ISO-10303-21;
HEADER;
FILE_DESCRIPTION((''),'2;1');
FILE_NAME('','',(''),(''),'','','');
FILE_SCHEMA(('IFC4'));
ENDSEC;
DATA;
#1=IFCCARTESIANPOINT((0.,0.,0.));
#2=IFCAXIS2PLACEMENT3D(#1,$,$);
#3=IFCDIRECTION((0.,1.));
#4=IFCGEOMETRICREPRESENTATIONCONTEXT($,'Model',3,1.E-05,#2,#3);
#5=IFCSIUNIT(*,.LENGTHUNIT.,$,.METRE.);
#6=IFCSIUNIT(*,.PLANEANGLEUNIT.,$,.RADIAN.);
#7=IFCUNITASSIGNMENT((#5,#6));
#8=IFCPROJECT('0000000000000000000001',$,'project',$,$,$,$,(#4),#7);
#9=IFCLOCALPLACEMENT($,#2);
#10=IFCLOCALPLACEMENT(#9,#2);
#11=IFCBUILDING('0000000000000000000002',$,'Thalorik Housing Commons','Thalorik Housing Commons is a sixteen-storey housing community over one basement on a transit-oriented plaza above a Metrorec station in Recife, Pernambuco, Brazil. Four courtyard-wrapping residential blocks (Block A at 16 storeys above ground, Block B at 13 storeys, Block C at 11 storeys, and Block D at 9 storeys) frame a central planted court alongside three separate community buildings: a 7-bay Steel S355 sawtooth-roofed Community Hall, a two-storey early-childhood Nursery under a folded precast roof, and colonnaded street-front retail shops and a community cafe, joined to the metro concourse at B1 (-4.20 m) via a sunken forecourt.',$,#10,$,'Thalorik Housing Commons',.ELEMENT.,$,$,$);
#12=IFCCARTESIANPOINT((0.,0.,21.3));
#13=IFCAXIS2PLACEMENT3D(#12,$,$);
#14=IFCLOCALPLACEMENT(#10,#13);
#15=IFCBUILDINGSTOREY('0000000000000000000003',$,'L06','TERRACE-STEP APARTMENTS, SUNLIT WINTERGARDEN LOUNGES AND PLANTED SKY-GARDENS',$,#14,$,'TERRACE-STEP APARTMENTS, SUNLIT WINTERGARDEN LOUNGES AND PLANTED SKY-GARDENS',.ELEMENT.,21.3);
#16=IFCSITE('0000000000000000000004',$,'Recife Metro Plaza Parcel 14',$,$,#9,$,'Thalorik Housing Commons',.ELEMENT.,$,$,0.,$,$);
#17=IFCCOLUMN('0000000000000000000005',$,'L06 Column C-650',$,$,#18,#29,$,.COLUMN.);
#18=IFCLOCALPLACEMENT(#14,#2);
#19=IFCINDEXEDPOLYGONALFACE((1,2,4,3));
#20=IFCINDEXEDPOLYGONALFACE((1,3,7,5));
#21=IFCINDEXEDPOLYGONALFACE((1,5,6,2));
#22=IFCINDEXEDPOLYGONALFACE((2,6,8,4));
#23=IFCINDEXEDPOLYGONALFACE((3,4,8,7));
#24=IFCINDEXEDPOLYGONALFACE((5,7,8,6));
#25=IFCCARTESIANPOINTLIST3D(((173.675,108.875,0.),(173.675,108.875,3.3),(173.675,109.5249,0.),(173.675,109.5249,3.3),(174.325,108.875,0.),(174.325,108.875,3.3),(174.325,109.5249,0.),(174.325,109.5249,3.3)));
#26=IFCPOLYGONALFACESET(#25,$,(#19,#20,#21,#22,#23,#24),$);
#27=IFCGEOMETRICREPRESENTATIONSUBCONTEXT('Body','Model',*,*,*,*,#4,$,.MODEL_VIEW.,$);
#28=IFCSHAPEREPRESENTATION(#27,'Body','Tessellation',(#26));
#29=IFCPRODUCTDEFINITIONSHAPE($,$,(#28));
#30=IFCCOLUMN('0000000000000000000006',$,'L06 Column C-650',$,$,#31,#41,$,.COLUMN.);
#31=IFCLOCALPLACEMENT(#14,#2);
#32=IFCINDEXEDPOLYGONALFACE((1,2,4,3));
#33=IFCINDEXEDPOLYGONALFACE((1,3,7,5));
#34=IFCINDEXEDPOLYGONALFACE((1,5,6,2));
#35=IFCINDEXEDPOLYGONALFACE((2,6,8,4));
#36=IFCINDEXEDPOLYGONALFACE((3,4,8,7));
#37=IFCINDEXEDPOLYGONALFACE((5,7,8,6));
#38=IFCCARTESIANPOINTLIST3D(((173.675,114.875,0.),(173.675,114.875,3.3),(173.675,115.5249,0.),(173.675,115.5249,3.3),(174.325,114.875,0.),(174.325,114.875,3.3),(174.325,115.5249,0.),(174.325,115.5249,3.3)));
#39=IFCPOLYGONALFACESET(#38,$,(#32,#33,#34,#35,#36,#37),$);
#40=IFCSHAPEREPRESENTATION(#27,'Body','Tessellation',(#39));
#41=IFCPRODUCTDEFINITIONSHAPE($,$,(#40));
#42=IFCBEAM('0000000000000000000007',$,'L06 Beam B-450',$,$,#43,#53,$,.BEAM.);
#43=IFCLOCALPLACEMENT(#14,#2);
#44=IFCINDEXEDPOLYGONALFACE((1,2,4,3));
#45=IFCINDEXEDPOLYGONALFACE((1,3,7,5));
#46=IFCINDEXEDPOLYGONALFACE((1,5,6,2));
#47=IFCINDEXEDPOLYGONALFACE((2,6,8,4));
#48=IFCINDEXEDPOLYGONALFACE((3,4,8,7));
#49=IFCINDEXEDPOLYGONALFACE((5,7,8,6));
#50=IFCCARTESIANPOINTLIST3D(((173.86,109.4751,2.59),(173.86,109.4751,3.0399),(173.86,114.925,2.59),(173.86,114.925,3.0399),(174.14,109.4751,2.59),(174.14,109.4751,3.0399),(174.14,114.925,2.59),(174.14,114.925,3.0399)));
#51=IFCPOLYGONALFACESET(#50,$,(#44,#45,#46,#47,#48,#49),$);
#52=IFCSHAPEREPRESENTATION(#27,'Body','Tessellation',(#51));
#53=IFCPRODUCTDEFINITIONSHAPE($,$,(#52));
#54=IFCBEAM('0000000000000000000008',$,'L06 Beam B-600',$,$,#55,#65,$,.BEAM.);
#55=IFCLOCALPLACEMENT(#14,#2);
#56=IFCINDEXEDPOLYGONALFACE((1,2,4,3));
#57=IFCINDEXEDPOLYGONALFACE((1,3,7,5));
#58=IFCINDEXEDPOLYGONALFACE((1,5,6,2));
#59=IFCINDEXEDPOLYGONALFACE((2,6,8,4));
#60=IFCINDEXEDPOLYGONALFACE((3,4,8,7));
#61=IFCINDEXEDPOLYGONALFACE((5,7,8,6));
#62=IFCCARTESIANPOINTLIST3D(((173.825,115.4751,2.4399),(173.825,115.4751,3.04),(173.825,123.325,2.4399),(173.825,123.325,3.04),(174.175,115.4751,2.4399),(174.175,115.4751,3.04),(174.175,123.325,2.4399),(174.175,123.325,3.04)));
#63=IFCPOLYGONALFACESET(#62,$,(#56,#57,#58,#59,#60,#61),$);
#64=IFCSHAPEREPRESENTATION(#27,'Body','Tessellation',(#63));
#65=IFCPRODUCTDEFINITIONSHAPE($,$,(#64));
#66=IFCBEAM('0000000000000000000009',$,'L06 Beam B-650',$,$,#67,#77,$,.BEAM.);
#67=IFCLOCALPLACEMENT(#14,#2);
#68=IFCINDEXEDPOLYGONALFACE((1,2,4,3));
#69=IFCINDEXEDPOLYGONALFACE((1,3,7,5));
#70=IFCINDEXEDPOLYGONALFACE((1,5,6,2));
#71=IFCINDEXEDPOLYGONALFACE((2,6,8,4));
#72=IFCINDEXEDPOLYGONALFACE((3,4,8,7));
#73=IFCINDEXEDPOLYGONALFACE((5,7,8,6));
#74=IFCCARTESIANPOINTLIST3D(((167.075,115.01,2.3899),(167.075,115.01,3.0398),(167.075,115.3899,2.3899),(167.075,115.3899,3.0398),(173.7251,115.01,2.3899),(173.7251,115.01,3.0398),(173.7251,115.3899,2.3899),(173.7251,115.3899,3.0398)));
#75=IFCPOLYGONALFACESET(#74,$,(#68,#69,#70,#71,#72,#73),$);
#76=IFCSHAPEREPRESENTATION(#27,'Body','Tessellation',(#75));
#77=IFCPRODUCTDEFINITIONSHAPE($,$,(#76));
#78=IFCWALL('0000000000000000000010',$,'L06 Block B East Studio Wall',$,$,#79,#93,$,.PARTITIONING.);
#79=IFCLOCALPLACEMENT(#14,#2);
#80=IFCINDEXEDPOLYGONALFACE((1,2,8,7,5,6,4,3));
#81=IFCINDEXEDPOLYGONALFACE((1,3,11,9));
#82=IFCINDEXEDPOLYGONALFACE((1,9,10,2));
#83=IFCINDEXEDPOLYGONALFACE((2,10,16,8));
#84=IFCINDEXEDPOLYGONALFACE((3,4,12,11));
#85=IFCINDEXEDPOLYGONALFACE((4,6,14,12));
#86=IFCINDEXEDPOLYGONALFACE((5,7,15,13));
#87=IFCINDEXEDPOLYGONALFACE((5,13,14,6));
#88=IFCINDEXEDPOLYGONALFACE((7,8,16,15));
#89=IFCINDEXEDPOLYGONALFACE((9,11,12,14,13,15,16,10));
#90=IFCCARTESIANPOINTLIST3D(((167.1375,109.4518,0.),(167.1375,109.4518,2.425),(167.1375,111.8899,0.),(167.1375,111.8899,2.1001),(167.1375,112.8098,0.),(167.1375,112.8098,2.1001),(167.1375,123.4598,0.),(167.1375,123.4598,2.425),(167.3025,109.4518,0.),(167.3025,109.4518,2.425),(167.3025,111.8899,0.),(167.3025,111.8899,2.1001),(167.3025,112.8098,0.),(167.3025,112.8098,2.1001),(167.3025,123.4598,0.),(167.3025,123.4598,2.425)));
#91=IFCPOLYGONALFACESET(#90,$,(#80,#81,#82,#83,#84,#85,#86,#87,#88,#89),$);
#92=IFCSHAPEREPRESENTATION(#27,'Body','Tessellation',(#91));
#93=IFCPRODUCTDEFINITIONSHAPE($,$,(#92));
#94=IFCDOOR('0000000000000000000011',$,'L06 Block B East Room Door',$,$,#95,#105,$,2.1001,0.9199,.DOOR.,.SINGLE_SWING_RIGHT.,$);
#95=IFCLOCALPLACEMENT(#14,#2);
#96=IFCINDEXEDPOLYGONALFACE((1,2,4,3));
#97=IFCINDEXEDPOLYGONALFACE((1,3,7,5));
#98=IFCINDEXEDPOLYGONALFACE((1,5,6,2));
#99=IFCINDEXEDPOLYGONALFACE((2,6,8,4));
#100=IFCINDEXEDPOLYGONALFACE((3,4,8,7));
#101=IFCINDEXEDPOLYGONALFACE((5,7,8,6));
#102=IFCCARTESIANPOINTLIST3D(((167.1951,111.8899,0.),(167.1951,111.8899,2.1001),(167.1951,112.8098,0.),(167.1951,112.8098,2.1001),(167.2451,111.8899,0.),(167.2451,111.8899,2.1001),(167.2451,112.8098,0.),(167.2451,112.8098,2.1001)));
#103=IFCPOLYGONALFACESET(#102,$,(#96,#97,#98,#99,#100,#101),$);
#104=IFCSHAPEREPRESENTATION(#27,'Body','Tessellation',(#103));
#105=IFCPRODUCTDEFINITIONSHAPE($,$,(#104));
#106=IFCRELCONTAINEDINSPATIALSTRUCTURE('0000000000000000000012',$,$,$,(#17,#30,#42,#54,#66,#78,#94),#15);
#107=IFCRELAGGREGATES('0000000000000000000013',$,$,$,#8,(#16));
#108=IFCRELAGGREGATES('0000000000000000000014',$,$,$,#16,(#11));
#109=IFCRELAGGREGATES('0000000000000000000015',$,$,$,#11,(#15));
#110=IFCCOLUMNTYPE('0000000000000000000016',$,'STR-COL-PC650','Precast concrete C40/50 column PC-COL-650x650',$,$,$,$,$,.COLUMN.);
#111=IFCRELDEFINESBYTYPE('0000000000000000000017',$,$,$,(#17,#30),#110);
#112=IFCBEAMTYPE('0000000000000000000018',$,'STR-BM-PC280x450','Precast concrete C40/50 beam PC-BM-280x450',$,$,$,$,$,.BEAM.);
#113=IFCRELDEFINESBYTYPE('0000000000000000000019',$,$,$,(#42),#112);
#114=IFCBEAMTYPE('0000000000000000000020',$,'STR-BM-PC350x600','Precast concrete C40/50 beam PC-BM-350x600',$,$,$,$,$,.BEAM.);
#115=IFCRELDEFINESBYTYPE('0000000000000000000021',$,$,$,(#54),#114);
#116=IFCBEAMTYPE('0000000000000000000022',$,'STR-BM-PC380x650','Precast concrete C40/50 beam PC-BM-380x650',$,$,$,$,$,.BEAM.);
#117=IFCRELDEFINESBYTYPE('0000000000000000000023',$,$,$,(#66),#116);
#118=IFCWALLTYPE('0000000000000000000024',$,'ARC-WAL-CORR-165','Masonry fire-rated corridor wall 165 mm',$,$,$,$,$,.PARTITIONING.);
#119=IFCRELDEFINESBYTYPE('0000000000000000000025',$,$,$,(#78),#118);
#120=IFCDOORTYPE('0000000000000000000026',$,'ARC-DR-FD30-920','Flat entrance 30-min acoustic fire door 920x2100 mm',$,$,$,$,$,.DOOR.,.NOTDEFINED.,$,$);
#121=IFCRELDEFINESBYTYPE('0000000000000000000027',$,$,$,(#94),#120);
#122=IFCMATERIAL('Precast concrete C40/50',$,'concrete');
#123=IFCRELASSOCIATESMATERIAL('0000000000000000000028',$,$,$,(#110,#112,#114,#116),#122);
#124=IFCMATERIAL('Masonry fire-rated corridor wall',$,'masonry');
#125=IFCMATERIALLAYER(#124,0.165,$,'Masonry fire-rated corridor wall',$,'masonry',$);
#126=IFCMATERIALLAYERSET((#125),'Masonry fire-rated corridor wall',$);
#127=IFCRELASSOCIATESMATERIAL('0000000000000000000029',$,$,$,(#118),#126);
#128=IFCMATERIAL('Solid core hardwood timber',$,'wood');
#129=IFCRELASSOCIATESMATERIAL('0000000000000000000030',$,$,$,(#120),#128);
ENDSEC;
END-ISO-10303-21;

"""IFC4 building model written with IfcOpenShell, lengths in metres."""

from ifc_helpers import new_model, si_unit, direction, frame, frame_2d, origin, origin_2d, place, context, subcontext, project, spatial, rectangle, extrude, material, layer, layer_set, material_profile, profile_set, type_object, element, fill, save


model = new_model("IFC4")

# Units and contexts
model_context = context("Model", 3, precision=1e-05, world=origin(), true_north=direction((0.0, 1.0)))
body_context = subcontext(model_context, "Body", "Model", "MODEL_VIEW")
ifc_project = project(units=[si_unit("LENGTHUNIT", "METRE"), si_unit("PLANEANGLEUNIT", "RADIAN")], contexts=[model_context])

# Site, building, storey
site_placement = place(None, origin())
site = spatial("IfcSite", under=ifc_project, at=site_placement, Name="Recife Metro Plaza Parcel 14", LongName="Thalorik Housing Commons", CompositionType="ELEMENT", RefElevation=0.0)
building_placement = place(site_placement, origin())
building = spatial("IfcBuilding", under=site, at=building_placement, Name="Thalorik Housing Commons", Description="Thalorik Housing Commons is a sixteen-storey housing community over one basement on a transit-oriented plaza above a Metrorec station in Recife, Pernambuco, Brazil. Four courtyard-wrapping residential blocks (Block A at 16 storeys above ground, Block B at 13 storeys, Block C at 11 storeys, and Block D at 9 storeys) frame a central planted court alongside three separate community buildings: a 7-bay Steel S355 sawtooth-roofed Community Hall, a two-storey early-childhood Nursery under a folded precast roof, and colonnaded street-front retail shops and a community cafe, joined to the metro concourse at B1 (-4.20 m) via a sunken forecourt.", LongName="Thalorik Housing Commons", CompositionType="ELEMENT")
storey_placement = place(building_placement, frame((0.0, 0.0, 21.3)))
storey = spatial("IfcBuildingStorey", under=building, at=storey_placement, Name="L06", Description="TERRACE-STEP APARTMENTS, SUNLIT WINTERGARDEN LOUNGES AND PLANTED SKY-GARDENS", LongName="TERRACE-STEP APARTMENTS, SUNLIT WINTERGARDEN LOUNGES AND PLANTED SKY-GARDENS", CompositionType="ELEMENT", Elevation=21.3)

# Columns
ifc_material_1 = material(Name="Precast concrete C40/50", Category="concrete")
ifc_material_profile_1 = material_profile(ifc_material_1, rectangle(XDim=0.6499, YDim=0.6499, at=origin_2d()), Name="PC 650x650", Category="concrete")
ifc_profile_set_1 = profile_set([ifc_material_profile_1], Name="Precast concrete C40/50")
column_type = type_object("IfcColumnType", Name="STR-COL-PC650", Description="Precast concrete C40/50 column PC-COL-650x650", PredefinedType="COLUMN", material=ifc_profile_set_1)
for number, where, z_axis, x_axis, name in (
    (1, (174.0, 109.2, 0.0), (0.0, 0.0, 1.0), (1.0, 0.0, 0.0), "L06 Column C-650"),
    (2, (174.0, 115.2, 0.0), (0.0, 0.0, 1.0), (1.0, 0.0, 0.0), "L06 Column C-650"),
):
    element("IfcColumn", number, at=place(storey_placement, frame(where, z_axis=z_axis, x_axis=x_axis)), inside=storey, type_object=column_type, Name=name, PredefinedType="COLUMN", context=body_context, shape_type="SweptSolid", body=[
        extrude(rectangle(XDim=0.6499, YDim=0.6499, at=origin_2d()), origin(), (0.0, 0.0, 1.0), 3.3),
    ])

# Beams
ifc_material_profile_2 = material_profile(ifc_material_1, rectangle(XDim=0.28, YDim=0.45, at=origin_2d()), Name="PC 280x450", Category="concrete")
ifc_profile_set_2 = profile_set([ifc_material_profile_2], Name="Precast concrete C40/50")
beam_type_1 = type_object("IfcBeamType", Name="STR-BM-PC280x450", Description="Precast concrete C40/50 beam PC-BM-280x450", PredefinedType="BEAM", material=ifc_profile_set_2)
beam_1_placement = place(storey_placement, frame((174.0, 109.4751, 2.8149), z_axis=(0.0, 1.0, 0.0), x_axis=(-1.0, 0.0, 0.0)))
element("IfcBeam", 3, at=beam_1_placement, inside=storey, type_object=beam_type_1, Name="L06 Beam B-450", PredefinedType="BEAM", context=body_context, shape_type="SweptSolid", body=[
    extrude(rectangle(XDim=0.28, YDim=0.45, at=origin_2d()), origin(), (0.0, 0.0, 1.0), 5.45),
])
ifc_material_profile_3 = material_profile(ifc_material_1, rectangle(XDim=0.3501, YDim=0.6001, at=origin_2d()), Name="PC 350x600", Category="concrete")
ifc_profile_set_3 = profile_set([ifc_material_profile_3], Name="Precast concrete C40/50")
beam_type_2 = type_object("IfcBeamType", Name="STR-BM-PC350x600", Description="Precast concrete C40/50 beam PC-BM-350x600", PredefinedType="BEAM", material=ifc_profile_set_3)
beam_2_placement = place(storey_placement, frame((174.0, 115.4751, 2.74), z_axis=(0.0, 1.0, 0.0), x_axis=(-1.0, 0.0, 0.0)))
element("IfcBeam", 4, at=beam_2_placement, inside=storey, type_object=beam_type_2, Name="L06 Beam B-600", PredefinedType="BEAM", context=body_context, shape_type="SweptSolid", body=[
    extrude(rectangle(XDim=0.3501, YDim=0.6001, at=origin_2d()), origin(), (0.0, 0.0, 1.0), 7.8499),
])
ifc_material_profile_4 = material_profile(ifc_material_1, rectangle(XDim=0.3799, YDim=0.6499, at=origin_2d()), Name="PC 380x650", Category="concrete")
ifc_profile_set_4 = profile_set([ifc_material_profile_4], Name="Precast concrete C40/50")
beam_type_3 = type_object("IfcBeamType", Name="STR-BM-PC380x650", Description="Precast concrete C40/50 beam PC-BM-380x650", PredefinedType="BEAM", material=ifc_profile_set_4)
beam_3_placement = place(storey_placement, frame((167.075, 115.2, 2.7148), z_axis=(1.0, 0.0, 0.0), x_axis=(0.0, 1.0, 0.0)))
element("IfcBeam", 5, at=beam_3_placement, inside=storey, type_object=beam_type_3, Name="L06 Beam B-650", PredefinedType="BEAM", context=body_context, shape_type="SweptSolid", body=[
    extrude(rectangle(XDim=0.3799, YDim=0.6499, at=origin_2d()), origin(), (0.0, 0.0, 1.0), 6.6501),
])

# Wall, opening, door
ifc_material_2 = material(Name="Masonry fire-rated corridor wall", Category="masonry")
ifc_layer_1 = layer(ifc_material_2, 0.165, Name="Masonry fire-rated corridor wall", Category="masonry")
ifc_layer_set_1 = layer_set([ifc_layer_1], Name="Masonry fire-rated corridor wall")
wall_type_1 = type_object("IfcWallType", Name="ARC-WAL-CORR-165", Description="Masonry fire-rated corridor wall 165 mm", PredefinedType="PARTITIONING", material=ifc_layer_set_1)
wall_1_placement = place(storey_placement, frame((167.22, 109.4519, 0.0), z_axis=(0.0, 0.0, 1.0), x_axis=(0.0, 1.0, 0.0)))
wall_1 = element("IfcWall", 6, at=wall_1_placement, inside=storey, type_object=wall_type_1, Name="L06 Block B East Studio Wall", PredefinedType="PARTITIONING", context=body_context, shape_type="SweptSolid", body=[
    extrude(rectangle(XDim=14.0081, YDim=0.165, at=frame_2d((7.0039, 0.0))), origin(), (0.0, 0.0, 1.0), 2.425),
])
opening_1_placement = place(wall_1_placement, frame((2.438, 0.0, 0.0)))
opening_1 = element("IfcOpeningElement", 7, at=opening_1_placement, cuts=wall_1, PredefinedType="OPENING", context=body_context, shape_type="SweptSolid", body=[
    extrude(rectangle(XDim=0.9199, YDim=2.1001, at=frame_2d((0.46, 1.05))), frame((0.0, 0.0925, 0.0), z_axis=(0.0, -1.0, 0.0), x_axis=(1.0, 0.0, 0.0)), (0.0, 0.0, 1.0), 0.1851),
])
ifc_material_3 = material(Name="Solid core hardwood timber", Category="wood")
door_type_1 = type_object("IfcDoorType", Name="ARC-DR-FD30-920", Description="Flat entrance 30-min acoustic fire door 920x2100 mm", OperationType="NOTDEFINED", PredefinedType="DOOR", material=ifc_material_3)
door_1_placement = place(opening_1_placement, origin())
door_1 = element("IfcDoor", 8, at=door_1_placement, inside=storey, type_object=door_type_1, Name="L06 Block B East Room Door", OperationType="SINGLE_SWING_RIGHT", OverallHeight=2.1001, OverallWidth=0.9199, PredefinedType="DOOR", context=body_context, shape_type="SweptSolid", body=[
    extrude(rectangle(XDim=0.9199, YDim=2.1001, at=frame_2d((0.46, 1.05))), frame((0.0, 0.0249, 0.0), z_axis=(0.0, -1.0, 0.0), x_axis=(1.0, 0.0, 0.0)), (0.0, 0.0, 1.0), 0.05),
])
fill(opening_1, door_1)

save(model, "model.ifc")
